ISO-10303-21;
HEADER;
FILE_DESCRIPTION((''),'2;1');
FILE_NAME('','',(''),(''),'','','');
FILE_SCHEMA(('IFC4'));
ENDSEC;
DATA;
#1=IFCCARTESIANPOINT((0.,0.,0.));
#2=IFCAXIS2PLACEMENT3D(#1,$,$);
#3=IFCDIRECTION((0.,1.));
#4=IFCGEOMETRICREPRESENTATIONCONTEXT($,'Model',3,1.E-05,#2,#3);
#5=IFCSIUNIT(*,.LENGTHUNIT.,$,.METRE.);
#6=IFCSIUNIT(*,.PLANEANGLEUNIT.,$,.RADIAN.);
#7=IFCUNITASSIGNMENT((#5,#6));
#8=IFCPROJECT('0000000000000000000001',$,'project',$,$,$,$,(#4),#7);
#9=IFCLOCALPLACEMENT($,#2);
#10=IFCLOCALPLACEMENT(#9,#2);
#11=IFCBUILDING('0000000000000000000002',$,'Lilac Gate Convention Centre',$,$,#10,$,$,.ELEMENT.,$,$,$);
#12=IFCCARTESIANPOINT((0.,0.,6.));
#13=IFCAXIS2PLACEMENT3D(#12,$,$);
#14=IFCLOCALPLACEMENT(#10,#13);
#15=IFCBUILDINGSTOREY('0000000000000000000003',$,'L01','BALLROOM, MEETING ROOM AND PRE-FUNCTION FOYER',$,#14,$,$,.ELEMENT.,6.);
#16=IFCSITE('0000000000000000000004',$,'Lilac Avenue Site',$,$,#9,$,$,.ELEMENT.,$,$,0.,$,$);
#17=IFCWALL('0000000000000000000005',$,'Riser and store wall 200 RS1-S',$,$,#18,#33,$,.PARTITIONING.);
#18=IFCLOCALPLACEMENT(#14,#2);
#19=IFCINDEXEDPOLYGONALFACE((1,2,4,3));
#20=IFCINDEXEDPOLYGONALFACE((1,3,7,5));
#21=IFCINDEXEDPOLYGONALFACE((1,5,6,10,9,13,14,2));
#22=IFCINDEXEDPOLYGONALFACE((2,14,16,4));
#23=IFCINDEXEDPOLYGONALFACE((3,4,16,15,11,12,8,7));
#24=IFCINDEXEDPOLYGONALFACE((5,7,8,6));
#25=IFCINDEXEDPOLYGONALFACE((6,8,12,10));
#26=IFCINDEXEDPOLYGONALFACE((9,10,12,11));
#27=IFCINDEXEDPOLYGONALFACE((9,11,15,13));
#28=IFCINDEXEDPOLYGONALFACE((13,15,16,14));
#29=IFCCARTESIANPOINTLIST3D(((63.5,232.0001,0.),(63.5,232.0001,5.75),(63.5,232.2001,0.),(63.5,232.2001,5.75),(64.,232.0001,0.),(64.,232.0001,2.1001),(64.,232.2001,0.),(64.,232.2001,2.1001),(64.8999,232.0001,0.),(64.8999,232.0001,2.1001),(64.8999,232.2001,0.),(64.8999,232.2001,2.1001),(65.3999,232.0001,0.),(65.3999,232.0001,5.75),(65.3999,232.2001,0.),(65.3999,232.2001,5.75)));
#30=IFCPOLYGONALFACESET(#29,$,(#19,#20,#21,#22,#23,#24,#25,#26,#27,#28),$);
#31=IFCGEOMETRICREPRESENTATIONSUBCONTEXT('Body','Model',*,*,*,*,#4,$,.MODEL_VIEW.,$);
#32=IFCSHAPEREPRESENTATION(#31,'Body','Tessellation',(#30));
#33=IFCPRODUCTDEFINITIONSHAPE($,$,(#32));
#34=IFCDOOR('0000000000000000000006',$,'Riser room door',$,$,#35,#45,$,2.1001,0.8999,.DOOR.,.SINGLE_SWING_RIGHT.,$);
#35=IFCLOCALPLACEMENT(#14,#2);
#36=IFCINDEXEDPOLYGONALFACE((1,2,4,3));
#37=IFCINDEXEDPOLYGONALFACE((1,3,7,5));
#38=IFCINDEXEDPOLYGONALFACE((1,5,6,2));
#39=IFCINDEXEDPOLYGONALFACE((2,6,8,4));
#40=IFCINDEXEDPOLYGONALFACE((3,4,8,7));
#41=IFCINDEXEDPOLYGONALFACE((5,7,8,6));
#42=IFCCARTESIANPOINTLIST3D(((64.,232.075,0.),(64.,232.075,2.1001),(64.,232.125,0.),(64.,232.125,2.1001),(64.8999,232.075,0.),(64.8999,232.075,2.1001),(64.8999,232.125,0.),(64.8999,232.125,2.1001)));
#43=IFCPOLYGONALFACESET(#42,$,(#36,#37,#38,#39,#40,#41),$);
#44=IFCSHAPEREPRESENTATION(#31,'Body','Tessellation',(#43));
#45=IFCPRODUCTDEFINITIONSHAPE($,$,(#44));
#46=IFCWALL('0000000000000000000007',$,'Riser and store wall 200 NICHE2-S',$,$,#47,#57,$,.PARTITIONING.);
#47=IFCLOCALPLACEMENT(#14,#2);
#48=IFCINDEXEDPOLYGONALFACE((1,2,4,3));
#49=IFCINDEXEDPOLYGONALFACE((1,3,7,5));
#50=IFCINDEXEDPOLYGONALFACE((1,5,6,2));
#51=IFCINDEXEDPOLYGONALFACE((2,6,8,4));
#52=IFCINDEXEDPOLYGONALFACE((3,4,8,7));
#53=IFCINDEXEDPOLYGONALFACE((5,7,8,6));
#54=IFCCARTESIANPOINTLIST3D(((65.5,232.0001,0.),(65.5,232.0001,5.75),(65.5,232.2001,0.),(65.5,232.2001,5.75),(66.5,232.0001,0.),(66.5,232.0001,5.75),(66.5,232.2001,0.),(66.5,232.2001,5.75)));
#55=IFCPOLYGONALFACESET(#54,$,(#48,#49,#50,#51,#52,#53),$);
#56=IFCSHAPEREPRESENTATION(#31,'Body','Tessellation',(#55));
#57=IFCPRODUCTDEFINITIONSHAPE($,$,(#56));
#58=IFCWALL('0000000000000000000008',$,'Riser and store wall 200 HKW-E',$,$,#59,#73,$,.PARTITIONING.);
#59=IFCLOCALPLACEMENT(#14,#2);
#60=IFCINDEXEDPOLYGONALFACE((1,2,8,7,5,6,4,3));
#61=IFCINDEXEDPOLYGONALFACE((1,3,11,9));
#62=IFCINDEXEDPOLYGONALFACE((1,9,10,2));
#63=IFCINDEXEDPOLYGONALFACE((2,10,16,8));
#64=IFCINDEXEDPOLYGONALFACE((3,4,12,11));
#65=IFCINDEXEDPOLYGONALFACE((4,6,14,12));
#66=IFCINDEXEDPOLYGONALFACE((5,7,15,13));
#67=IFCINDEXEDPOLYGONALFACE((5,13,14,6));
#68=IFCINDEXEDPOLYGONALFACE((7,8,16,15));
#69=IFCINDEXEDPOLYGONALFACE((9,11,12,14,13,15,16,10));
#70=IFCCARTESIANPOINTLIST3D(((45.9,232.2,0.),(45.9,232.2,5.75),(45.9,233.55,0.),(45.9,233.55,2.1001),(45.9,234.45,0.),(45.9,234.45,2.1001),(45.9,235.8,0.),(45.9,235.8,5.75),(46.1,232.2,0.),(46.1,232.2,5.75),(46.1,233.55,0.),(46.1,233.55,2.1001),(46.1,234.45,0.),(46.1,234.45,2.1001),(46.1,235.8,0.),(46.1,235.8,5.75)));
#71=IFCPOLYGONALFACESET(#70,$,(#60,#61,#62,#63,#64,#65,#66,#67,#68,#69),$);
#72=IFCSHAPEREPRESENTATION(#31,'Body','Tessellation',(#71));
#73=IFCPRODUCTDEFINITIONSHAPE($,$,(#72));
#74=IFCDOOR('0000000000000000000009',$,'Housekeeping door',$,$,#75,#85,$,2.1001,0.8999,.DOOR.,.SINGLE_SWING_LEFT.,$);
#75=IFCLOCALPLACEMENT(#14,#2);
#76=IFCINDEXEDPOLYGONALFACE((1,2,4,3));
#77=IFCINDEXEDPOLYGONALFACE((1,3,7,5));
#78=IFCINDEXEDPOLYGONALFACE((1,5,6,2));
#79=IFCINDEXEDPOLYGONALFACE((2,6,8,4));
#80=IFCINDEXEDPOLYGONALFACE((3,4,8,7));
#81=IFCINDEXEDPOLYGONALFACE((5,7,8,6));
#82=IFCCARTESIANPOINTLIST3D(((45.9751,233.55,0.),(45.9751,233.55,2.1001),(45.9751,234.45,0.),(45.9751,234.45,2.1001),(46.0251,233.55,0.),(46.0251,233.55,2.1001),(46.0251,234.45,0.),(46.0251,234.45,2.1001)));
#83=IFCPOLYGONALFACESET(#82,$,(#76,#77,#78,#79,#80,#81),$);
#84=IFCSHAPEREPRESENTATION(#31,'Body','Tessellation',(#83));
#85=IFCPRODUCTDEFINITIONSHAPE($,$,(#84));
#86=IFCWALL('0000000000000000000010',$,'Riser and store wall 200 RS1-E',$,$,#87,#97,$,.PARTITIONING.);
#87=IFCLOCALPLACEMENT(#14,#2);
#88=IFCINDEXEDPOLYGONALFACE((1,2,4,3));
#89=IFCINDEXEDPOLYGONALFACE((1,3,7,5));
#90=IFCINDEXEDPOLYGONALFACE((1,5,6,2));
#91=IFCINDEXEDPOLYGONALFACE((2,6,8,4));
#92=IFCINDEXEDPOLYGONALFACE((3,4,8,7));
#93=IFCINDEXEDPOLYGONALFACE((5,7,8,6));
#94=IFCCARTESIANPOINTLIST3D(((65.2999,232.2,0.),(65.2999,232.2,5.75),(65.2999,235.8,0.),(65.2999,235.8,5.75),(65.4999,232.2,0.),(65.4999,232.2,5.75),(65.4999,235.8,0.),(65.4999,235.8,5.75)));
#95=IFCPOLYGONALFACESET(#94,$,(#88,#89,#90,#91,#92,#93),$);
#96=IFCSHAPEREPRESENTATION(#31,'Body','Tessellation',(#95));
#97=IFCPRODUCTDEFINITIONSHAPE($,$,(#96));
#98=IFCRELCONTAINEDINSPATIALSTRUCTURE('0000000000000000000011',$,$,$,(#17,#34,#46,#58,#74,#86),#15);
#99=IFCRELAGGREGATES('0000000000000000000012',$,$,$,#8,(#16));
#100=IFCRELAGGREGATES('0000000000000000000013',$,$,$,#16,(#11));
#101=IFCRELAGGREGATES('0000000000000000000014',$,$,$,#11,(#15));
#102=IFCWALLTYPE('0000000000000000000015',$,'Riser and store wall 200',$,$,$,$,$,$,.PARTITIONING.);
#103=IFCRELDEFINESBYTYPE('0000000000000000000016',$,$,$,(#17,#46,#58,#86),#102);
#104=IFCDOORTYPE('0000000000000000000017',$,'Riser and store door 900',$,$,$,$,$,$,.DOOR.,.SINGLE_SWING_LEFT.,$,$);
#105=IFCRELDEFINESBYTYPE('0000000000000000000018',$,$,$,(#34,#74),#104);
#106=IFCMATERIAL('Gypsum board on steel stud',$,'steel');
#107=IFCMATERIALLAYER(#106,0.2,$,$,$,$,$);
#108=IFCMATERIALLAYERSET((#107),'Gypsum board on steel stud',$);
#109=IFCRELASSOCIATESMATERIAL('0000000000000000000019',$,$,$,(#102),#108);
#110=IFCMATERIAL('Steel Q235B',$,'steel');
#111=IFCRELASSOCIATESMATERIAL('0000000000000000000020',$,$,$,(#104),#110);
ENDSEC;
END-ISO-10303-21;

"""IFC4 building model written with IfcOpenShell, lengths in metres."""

from ifc_helpers import new_model, si_unit, direction, frame, frame_2d, origin, place, context, subcontext, project, spatial, rectangle, extrude, material, layer, layer_set, type_object, element, fill, save


model = new_model("IFC4")

# Units and contexts
model_context = context("Model", 3, precision=1e-05, world=origin(), true_north=direction((0.0, 1.0)))
body_context = subcontext(model_context, "Body", "Model", "MODEL_VIEW")
ifc_project = project(units=[si_unit("LENGTHUNIT", "METRE"), si_unit("PLANEANGLEUNIT", "RADIAN")], contexts=[model_context])

# Site, building, storey
site_placement = place(None, origin())
site = spatial("IfcSite", under=ifc_project, at=site_placement, Name="Lilac Avenue Site", CompositionType="ELEMENT", RefElevation=0.0)
building_placement = place(site_placement, origin())
building = spatial("IfcBuilding", under=site, at=building_placement, Name="Lilac Gate Convention Centre", CompositionType="ELEMENT")
storey_placement = place(building_placement, frame((0.0, 0.0, 6.0)))
storey = spatial("IfcBuildingStorey", under=building, at=storey_placement, Name="L01", Description="BALLROOM, MEETING ROOM AND PRE-FUNCTION FOYER", CompositionType="ELEMENT", Elevation=6.0)

# Shared definitions
ifc_material_1 = material(Name="Steel Q235B", Category="steel")

# Shared definitions
ifc_material_2 = material(Name="Gypsum board on steel stud", Category="steel")
ifc_layer_1 = layer(ifc_material_2, 0.2)
ifc_layer_set_1 = layer_set([ifc_layer_1], Name="Gypsum board on steel stud")
wall_type_1 = type_object("IfcWallType", Name="Riser and store wall 200", PredefinedType="PARTITIONING", material=ifc_layer_set_1)

# Wall, opening, door
wall_1_placement = place(storey_placement, frame((63.5, 232.1001, 0.0), z_axis=(0.0, 0.0, 1.0), x_axis=(1.0, 0.0, 0.0)))
wall_1 = element("IfcWall", 1, at=wall_1_placement, inside=storey, type_object=wall_type_1, Name="Riser and store wall 200 RS1-S", PredefinedType="PARTITIONING", context=body_context, shape_type="SweptSolid", body=[
    extrude(rectangle(XDim=1.8999, YDim=0.2, at=frame_2d((0.95, 0.0))), origin(), (0.0, 0.0, 1.0), 5.75),
])
opening_1_placement = place(wall_1_placement, frame((0.5, 0.0, 0.0)))
opening_1 = element("IfcOpeningElement", 2, at=opening_1_placement, cuts=wall_1, PredefinedType="OPENING", context=body_context, shape_type="SweptSolid", body=[
    extrude(rectangle(XDim=0.8999, YDim=2.1001, at=frame_2d((0.45, 1.05))), frame((0.0, 0.1099, 0.0), z_axis=(0.0, -1.0, 0.0), x_axis=(1.0, 0.0, 0.0)), (0.0, 0.0, 1.0), 0.22),
])
door_type_1 = type_object("IfcDoorType", Name="Riser and store door 900", OperationType="SINGLE_SWING_LEFT", PredefinedType="DOOR", material=ifc_material_1)
door_1_placement = place(opening_1_placement, origin())
door_1 = element("IfcDoor", 3, at=door_1_placement, inside=storey, type_object=door_type_1, Name="Riser room door", OperationType="SINGLE_SWING_RIGHT", OverallHeight=2.1001, OverallWidth=0.8999, PredefinedType="DOOR", context=body_context, shape_type="SweptSolid", body=[
    extrude(rectangle(XDim=0.8999, YDim=2.1001, at=frame_2d((0.45, 1.05))), frame((0.0, 0.0249, 0.0), z_axis=(0.0, -1.0, 0.0), x_axis=(1.0, 0.0, 0.0)), (0.0, 0.0, 1.0), 0.05),
])
fill(opening_1, door_1)

# Wall
wall_2_placement = place(storey_placement, frame((65.5, 232.1001, 0.0), z_axis=(0.0, 0.0, 1.0), x_axis=(1.0, 0.0, 0.0)))
element("IfcWall", 4, at=wall_2_placement, inside=storey, type_object=wall_type_1, Name="Riser and store wall 200 NICHE2-S", PredefinedType="PARTITIONING", context=body_context, shape_type="SweptSolid", body=[
    extrude(rectangle(XDim=1.0, YDim=0.2, at=frame_2d((0.5, 0.0))), origin(), (0.0, 0.0, 1.0), 5.75),
])

# Wall, opening, door
wall_3_placement = place(storey_placement, frame((46.0, 232.2, 0.0), z_axis=(0.0, 0.0, 1.0), x_axis=(0.0, 1.0, 0.0)))
wall_3 = element("IfcWall", 5, at=wall_3_placement, inside=storey, type_object=wall_type_1, Name="Riser and store wall 200 HKW-E", PredefinedType="PARTITIONING", context=body_context, shape_type="SweptSolid", body=[
    extrude(rectangle(XDim=3.6001, YDim=0.2, at=frame_2d((1.8, 0.0))), origin(), (0.0, 0.0, 1.0), 5.75),
])
opening_2_placement = place(wall_3_placement, frame((1.3501, 0.0, 0.0)))
opening_2 = element("IfcOpeningElement", 6, at=opening_2_placement, cuts=wall_3, PredefinedType="OPENING", context=body_context, shape_type="SweptSolid", body=[
    extrude(rectangle(XDim=0.8999, YDim=2.1001, at=frame_2d((0.45, 1.05))), frame((0.0, 0.1099, 0.0), z_axis=(0.0, -1.0, 0.0), x_axis=(1.0, 0.0, 0.0)), (0.0, 0.0, 1.0), 0.22),
])
door_2_placement = place(opening_2_placement, origin())
door_2 = element("IfcDoor", 7, at=door_2_placement, inside=storey, type_object=door_type_1, Name="Housekeeping door", OperationType="SINGLE_SWING_LEFT", OverallHeight=2.1001, OverallWidth=0.8999, PredefinedType="DOOR", context=body_context, shape_type="SweptSolid", body=[
    extrude(rectangle(XDim=0.8999, YDim=2.1001, at=frame_2d((0.45, 1.05))), frame((0.0, 0.0249, 0.0), z_axis=(0.0, -1.0, 0.0), x_axis=(1.0, 0.0, 0.0)), (0.0, 0.0, 1.0), 0.05),
])
fill(opening_2, door_2)

# Wall
wall_4_placement = place(storey_placement, frame((65.3999, 232.2, 0.0), z_axis=(0.0, 0.0, 1.0), x_axis=(0.0, 1.0, 0.0)))
element("IfcWall", 8, at=wall_4_placement, inside=storey, type_object=wall_type_1, Name="Riser and store wall 200 RS1-E", PredefinedType="PARTITIONING", context=body_context, shape_type="SweptSolid", body=[
    extrude(rectangle(XDim=3.6001, YDim=0.2, at=frame_2d((1.8, 0.0))), origin(), (0.0, 0.0, 1.0), 5.75),
])

save(model, "model.ifc")
